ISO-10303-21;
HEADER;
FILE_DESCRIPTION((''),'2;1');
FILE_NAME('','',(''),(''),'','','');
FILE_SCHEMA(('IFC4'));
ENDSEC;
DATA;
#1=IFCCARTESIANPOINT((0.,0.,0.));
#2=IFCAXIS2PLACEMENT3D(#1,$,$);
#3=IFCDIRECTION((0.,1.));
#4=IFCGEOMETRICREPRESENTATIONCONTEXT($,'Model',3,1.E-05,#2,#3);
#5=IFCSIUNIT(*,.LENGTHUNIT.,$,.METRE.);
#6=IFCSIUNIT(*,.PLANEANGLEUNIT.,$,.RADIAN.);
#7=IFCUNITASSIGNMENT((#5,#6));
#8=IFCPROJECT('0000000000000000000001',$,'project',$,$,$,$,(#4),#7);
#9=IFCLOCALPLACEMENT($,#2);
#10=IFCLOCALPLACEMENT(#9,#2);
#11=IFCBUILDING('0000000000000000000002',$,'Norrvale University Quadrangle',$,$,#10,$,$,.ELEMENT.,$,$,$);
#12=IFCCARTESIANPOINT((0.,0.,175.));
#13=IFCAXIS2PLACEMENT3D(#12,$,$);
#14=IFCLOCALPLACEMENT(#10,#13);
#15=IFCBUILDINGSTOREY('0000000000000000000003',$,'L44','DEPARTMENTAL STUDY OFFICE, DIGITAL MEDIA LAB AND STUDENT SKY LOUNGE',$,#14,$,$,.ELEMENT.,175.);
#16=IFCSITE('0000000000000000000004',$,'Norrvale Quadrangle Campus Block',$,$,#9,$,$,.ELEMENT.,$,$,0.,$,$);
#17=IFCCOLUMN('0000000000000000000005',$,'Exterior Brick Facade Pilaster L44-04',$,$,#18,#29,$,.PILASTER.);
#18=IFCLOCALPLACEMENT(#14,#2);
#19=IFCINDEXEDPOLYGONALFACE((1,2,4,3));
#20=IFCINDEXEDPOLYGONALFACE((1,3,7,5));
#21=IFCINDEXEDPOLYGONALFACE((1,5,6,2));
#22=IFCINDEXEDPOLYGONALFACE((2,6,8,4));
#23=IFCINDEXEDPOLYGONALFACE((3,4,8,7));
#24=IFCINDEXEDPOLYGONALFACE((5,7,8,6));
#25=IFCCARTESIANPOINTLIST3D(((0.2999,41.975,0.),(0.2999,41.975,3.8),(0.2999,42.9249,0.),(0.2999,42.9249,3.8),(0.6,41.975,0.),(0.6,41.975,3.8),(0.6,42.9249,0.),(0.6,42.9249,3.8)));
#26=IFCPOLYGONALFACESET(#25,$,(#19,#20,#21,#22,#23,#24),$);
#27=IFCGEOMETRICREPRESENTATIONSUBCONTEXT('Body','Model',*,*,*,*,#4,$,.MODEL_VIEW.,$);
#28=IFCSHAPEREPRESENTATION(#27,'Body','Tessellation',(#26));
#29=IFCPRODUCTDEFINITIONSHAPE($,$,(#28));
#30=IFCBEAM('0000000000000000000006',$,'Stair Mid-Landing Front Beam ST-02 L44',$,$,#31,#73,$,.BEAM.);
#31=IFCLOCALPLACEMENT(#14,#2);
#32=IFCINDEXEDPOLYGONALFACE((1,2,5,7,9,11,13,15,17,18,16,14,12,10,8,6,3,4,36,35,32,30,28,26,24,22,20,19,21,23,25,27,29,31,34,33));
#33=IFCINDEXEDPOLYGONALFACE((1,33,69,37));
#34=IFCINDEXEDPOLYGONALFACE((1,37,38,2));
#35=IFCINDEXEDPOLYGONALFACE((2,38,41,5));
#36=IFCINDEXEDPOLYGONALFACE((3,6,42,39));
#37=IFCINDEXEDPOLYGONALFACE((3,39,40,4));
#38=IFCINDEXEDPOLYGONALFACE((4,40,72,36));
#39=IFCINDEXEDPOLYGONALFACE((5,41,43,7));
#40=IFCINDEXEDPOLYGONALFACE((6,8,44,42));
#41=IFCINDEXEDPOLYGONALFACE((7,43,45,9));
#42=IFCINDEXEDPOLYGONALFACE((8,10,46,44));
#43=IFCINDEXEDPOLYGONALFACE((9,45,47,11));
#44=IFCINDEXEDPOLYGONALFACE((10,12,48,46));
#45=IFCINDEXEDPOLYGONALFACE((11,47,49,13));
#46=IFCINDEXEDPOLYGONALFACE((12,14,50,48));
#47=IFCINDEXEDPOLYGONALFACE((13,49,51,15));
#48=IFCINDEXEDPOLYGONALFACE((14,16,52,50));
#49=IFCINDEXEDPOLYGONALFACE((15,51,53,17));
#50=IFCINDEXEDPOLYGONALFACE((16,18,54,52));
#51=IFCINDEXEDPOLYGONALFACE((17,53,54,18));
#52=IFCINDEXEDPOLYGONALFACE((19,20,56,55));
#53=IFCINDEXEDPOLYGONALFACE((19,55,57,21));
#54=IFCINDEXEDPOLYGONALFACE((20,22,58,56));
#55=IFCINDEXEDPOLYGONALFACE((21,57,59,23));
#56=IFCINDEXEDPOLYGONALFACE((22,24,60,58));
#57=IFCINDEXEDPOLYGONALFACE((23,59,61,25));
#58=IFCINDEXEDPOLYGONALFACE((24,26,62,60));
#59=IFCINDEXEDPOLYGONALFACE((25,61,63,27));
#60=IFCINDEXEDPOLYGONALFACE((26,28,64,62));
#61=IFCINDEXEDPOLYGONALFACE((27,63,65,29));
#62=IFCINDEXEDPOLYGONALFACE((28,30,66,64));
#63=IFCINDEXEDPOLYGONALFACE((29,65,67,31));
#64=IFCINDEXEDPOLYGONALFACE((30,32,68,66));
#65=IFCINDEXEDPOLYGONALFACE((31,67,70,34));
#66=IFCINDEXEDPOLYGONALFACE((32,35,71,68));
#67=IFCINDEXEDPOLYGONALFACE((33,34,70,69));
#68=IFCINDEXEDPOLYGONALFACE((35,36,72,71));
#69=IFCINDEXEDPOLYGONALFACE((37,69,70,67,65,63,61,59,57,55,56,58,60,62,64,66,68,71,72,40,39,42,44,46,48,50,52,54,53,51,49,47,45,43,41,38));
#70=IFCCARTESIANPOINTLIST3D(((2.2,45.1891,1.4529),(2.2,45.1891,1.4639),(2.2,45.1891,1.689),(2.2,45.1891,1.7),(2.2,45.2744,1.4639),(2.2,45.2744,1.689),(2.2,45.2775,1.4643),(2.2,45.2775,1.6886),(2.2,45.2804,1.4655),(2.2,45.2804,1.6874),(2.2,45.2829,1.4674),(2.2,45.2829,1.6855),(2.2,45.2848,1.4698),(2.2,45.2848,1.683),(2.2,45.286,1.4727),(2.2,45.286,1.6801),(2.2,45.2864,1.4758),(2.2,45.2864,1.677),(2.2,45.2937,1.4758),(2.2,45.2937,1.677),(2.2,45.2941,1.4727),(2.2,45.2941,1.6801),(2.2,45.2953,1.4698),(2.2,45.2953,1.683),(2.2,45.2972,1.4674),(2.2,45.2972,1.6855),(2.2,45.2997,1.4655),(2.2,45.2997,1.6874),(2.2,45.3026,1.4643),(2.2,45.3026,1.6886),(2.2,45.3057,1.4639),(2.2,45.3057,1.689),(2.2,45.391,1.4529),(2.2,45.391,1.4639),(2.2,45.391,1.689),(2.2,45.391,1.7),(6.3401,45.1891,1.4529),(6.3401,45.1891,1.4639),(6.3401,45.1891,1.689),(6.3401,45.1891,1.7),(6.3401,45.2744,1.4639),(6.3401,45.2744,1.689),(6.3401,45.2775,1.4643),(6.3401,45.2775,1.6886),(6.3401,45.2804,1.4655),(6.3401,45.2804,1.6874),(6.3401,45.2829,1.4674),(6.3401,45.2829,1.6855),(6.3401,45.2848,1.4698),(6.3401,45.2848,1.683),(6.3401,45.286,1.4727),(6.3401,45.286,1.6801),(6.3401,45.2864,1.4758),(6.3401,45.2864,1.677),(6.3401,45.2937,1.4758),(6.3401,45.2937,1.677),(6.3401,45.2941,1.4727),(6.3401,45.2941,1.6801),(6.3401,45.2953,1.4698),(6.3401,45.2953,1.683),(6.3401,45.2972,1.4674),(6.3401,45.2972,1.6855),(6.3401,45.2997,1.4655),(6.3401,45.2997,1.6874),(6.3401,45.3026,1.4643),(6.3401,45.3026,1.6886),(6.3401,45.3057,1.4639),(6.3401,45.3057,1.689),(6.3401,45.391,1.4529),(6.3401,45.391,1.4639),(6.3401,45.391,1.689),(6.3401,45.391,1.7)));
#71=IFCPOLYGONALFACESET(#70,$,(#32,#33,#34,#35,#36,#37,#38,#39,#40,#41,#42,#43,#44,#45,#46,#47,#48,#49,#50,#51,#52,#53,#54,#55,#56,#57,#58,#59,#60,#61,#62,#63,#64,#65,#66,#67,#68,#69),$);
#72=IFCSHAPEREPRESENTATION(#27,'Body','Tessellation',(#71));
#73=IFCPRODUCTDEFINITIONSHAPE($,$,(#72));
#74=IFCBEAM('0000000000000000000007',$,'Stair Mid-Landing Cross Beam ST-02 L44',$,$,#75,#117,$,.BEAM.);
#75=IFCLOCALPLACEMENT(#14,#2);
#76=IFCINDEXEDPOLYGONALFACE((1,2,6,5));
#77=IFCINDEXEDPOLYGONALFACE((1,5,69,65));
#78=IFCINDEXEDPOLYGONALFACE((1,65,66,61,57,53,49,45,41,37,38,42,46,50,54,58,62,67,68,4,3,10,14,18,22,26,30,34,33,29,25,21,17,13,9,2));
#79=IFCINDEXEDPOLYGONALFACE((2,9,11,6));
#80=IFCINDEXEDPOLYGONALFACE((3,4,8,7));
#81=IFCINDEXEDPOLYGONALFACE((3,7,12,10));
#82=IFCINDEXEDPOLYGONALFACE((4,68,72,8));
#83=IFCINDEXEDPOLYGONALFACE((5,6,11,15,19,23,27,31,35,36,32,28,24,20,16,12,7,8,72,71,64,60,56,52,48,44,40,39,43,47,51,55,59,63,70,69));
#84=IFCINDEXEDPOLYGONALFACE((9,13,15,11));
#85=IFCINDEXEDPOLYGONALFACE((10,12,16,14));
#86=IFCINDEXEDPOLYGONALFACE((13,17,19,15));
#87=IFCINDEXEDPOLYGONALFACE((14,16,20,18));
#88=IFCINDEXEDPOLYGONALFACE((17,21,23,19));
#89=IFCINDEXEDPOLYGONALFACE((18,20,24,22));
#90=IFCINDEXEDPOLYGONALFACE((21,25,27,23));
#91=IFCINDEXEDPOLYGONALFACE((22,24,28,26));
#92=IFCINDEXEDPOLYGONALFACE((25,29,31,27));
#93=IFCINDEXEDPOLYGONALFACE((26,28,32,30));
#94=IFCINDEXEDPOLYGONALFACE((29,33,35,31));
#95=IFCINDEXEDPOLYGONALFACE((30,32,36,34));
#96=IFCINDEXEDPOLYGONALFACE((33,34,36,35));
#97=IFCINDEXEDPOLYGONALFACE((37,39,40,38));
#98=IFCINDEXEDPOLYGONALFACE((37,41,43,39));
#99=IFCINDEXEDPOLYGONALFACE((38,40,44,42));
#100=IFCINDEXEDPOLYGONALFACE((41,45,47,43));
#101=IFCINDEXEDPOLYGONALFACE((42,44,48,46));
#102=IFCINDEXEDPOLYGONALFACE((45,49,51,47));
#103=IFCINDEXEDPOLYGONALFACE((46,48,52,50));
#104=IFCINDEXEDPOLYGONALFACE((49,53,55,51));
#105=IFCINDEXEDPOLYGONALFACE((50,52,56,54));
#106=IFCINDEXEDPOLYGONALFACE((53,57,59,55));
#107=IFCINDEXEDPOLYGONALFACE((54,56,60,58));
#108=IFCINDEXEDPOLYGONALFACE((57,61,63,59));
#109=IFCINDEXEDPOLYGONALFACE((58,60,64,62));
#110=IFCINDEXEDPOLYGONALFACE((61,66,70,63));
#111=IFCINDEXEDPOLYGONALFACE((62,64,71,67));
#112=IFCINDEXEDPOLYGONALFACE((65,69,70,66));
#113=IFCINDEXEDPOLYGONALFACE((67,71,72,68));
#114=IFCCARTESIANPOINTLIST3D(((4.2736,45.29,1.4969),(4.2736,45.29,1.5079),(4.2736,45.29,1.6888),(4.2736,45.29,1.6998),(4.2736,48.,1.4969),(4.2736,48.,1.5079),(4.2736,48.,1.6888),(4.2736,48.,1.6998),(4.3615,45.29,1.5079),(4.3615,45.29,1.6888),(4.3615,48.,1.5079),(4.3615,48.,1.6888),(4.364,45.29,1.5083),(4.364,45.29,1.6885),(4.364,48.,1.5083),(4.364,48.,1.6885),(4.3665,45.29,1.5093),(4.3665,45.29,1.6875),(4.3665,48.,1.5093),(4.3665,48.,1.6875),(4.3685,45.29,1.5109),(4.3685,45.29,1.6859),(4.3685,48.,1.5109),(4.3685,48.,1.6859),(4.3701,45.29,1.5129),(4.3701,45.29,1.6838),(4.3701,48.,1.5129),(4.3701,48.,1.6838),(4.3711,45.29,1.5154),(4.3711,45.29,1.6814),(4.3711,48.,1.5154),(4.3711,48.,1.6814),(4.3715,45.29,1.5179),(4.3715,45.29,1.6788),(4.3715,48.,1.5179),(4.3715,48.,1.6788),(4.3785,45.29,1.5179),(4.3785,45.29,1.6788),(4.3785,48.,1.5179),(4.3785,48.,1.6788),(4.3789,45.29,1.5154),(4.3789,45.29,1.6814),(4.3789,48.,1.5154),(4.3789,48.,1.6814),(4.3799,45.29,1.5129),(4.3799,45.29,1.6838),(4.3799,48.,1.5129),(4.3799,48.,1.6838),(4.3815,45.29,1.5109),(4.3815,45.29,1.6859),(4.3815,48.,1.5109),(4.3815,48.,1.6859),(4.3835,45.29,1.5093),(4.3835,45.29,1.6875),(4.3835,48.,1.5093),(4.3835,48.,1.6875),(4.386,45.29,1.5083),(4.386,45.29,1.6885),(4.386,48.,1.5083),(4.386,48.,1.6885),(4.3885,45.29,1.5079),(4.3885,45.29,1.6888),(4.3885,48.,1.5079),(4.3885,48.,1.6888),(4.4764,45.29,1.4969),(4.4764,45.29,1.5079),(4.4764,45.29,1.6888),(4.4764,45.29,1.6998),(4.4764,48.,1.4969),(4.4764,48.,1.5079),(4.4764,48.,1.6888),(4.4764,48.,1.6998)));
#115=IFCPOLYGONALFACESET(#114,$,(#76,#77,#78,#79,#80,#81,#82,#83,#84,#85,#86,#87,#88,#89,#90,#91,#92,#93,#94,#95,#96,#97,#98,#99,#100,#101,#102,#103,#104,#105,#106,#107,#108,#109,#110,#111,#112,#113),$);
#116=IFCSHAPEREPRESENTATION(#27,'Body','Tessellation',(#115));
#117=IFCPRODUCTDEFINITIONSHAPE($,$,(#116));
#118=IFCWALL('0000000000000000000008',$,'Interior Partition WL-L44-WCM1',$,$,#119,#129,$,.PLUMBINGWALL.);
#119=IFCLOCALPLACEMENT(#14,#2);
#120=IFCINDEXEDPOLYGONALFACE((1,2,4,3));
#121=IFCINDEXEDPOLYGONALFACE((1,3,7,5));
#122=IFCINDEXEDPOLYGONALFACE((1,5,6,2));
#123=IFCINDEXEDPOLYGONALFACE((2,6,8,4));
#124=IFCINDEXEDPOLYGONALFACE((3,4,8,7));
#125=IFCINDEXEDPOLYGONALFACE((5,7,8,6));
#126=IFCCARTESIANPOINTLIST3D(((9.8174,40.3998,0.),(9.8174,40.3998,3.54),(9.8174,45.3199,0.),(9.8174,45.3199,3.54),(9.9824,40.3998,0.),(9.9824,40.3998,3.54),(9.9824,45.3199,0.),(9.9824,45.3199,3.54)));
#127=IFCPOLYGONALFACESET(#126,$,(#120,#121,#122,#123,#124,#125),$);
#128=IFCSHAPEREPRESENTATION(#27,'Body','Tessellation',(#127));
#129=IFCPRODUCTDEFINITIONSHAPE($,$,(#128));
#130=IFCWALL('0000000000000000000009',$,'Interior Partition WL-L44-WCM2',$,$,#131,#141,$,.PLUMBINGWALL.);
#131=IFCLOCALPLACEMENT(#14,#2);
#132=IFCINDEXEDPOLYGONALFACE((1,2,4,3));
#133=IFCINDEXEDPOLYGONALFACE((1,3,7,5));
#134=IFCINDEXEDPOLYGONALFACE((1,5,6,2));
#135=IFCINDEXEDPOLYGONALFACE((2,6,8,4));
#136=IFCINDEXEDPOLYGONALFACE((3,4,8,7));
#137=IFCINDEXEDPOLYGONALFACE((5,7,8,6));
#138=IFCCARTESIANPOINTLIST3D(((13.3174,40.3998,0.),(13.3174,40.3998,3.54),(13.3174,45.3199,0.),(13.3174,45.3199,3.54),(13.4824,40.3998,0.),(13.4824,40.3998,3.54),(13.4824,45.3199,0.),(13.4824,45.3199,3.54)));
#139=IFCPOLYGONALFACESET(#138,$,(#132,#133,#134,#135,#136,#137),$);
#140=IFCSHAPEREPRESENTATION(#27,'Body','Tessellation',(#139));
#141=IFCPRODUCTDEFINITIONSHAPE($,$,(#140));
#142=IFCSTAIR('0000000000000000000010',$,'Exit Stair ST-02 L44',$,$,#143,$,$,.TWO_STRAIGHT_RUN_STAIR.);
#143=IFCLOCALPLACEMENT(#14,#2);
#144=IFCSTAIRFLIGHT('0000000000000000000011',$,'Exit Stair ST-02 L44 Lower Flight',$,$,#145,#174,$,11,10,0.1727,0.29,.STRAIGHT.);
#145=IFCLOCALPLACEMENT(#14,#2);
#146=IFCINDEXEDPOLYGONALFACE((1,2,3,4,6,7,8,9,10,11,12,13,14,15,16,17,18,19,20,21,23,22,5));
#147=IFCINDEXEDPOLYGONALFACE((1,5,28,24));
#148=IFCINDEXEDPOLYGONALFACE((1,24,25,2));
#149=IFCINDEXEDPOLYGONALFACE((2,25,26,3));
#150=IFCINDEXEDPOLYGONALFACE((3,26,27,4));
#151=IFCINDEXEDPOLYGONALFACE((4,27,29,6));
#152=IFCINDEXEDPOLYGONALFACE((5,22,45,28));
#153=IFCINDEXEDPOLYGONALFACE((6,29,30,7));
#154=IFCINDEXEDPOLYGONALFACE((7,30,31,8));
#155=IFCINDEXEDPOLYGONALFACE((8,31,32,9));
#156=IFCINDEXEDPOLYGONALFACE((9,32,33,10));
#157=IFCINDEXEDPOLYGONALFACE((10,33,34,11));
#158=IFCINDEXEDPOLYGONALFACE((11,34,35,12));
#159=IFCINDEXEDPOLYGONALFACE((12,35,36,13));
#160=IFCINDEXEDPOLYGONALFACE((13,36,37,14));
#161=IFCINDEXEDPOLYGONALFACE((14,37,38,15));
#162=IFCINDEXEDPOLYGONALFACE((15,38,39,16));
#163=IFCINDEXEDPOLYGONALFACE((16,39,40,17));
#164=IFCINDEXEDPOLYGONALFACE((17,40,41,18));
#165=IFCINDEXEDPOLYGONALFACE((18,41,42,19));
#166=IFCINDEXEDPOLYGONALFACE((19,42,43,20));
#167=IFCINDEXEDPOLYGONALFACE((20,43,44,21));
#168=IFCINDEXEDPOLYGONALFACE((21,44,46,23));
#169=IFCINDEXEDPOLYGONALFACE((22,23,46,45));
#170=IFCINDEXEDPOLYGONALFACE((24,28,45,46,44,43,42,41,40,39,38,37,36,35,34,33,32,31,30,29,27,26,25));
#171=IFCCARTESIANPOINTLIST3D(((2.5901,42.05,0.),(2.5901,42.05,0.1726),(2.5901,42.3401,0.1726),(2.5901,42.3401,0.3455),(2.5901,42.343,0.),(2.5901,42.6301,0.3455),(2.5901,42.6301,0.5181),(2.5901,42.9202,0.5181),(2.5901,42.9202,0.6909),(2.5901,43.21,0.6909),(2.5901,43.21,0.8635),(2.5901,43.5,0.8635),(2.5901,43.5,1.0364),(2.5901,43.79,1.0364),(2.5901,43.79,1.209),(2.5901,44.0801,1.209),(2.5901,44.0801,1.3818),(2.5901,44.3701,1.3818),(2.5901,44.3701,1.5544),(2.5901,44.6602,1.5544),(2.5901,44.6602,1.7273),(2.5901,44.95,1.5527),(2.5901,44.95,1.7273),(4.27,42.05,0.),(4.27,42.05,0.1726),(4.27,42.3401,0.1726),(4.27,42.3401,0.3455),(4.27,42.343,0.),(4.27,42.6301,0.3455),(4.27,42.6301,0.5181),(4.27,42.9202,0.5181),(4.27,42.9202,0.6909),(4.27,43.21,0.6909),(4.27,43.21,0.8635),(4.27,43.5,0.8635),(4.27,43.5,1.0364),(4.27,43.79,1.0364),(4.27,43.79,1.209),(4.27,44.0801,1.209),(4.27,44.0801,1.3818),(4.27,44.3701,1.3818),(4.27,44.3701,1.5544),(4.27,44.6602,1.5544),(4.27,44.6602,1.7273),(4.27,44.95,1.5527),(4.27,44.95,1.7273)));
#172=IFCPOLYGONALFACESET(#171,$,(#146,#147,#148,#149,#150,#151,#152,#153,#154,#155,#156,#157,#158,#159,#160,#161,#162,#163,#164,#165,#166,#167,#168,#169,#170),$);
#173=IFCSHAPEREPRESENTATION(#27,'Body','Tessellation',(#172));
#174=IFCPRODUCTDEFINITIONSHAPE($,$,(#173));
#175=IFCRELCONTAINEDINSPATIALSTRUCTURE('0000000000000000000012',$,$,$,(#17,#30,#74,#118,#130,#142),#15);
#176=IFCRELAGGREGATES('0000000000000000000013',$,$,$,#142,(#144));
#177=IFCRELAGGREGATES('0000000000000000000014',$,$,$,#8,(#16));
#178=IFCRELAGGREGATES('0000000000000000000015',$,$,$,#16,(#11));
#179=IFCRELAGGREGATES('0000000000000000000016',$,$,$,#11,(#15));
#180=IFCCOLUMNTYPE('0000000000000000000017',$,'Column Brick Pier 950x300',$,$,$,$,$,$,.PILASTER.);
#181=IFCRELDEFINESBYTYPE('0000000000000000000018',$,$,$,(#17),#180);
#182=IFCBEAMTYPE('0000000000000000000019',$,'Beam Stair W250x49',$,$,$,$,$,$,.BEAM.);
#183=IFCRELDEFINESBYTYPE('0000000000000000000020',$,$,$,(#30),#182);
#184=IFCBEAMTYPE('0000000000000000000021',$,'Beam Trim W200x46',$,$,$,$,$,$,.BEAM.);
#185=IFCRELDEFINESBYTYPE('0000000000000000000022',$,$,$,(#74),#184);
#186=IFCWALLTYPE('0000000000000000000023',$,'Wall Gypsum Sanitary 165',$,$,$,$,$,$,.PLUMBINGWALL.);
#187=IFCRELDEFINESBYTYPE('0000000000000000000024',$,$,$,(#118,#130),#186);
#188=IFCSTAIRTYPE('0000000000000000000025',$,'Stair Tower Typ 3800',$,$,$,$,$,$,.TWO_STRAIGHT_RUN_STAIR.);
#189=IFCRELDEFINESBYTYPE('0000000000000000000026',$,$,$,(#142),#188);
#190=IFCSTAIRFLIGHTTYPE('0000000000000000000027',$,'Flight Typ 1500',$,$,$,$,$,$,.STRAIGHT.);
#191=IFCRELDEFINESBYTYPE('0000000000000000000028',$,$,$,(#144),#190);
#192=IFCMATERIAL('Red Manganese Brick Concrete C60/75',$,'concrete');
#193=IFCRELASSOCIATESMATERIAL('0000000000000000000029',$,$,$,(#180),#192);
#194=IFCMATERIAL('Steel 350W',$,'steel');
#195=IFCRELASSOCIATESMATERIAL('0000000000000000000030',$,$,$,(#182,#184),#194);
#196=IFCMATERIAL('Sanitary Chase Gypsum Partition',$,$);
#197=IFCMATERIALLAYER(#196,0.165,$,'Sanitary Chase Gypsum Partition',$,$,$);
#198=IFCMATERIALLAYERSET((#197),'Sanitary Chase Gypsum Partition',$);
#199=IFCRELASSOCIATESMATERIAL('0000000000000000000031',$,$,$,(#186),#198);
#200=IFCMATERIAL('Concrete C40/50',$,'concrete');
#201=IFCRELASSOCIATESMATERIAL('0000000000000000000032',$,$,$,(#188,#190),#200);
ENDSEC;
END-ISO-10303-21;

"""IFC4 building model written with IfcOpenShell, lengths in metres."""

from ifc_helpers import new_model, si_unit, direction, frame, frame_2d, origin, origin_2d, place, context, subcontext, project, spatial, polyline, rectangle, i_section, outline, extrude, material, layer, layer_set, material_profile, profile_set, type_object, element, aggregate, save


model = new_model("IFC4")

# Units and contexts
model_context = context("Model", 3, precision=1e-05, world=origin(), true_north=direction((0.0, 1.0)))
body_context = subcontext(model_context, "Body", "Model", "MODEL_VIEW")
ifc_project = project(units=[si_unit("LENGTHUNIT", "METRE"), si_unit("PLANEANGLEUNIT", "RADIAN")], contexts=[model_context])

# Site, building, storey
site_placement = place(None, origin())
site = spatial("IfcSite", under=ifc_project, at=site_placement, Name="Norrvale Quadrangle Campus Block", CompositionType="ELEMENT", RefElevation=0.0)
building_placement = place(site_placement, origin())
building = spatial("IfcBuilding", under=site, at=building_placement, Name="Norrvale University Quadrangle", CompositionType="ELEMENT")
storey_placement = place(building_placement, frame((0.0, 0.0, 175.0)))
storey = spatial("IfcBuildingStorey", under=building, at=storey_placement, Name="L44", Description="DEPARTMENTAL STUDY OFFICE, DIGITAL MEDIA LAB AND STUDENT SKY LOUNGE", CompositionType="ELEMENT", Elevation=175.0)

# Column
ifc_material_1 = material(Name="Red Manganese Brick Concrete C60/75", Category="concrete")
ifc_material_profile_1 = material_profile(ifc_material_1, rectangle(XDim=0.95, YDim=0.3, at=origin_2d()), Name="Red Manganese Brick Concrete C60/75")
ifc_profile_set_1 = profile_set([ifc_material_profile_1], Name="Red Manganese Brick Concrete C60/75")
column_type = type_object("IfcColumnType", Name="Column Brick Pier 950x300", PredefinedType="PILASTER", material=ifc_profile_set_1)
column_placement = place(storey_placement, frame((0.45, 42.45, 0.0), z_axis=(0.0, 0.0, 1.0), x_axis=(0.0, 1.0, 0.0)))
element("IfcColumn", 1, at=column_placement, inside=storey, type_object=column_type, Name="Exterior Brick Facade Pilaster L44-04", PredefinedType="PILASTER", context=body_context, shape_type="SweptSolid", body=[
    extrude(rectangle(XDim=0.95, YDim=0.3, at=origin_2d()), origin(), (0.0, 0.0, 1.0), 3.8),
])

# Beams
ifc_material_2 = material(Name="Steel 350W", Category="steel")
ifc_material_profile_2 = material_profile(ifc_material_2, i_section(OverallWidth=0.2019, OverallDepth=0.2471, WebThickness=0.0073, FlangeThickness=0.011, FilletRadius=0.012, at=origin_2d()), Name="Steel 350W")
ifc_profile_set_2 = profile_set([ifc_material_profile_2], Name="Steel 350W")
beam_type_1 = type_object("IfcBeamType", Name="Beam Stair W250x49", PredefinedType="BEAM", material=ifc_profile_set_2)
beam_1_placement = place(storey_placement, frame((2.2, 45.29, 1.5764), z_axis=(1.0, 0.0, 0.0), x_axis=(0.0, 1.0, 0.0)))
element("IfcBeam", 2, at=beam_1_placement, inside=storey, type_object=beam_type_1, Name="Stair Mid-Landing Front Beam ST-02 L44", PredefinedType="BEAM", context=body_context, shape_type="SweptSolid", body=[
    extrude(i_section(OverallWidth=0.2019, OverallDepth=0.2471, WebThickness=0.0073, FlangeThickness=0.011, FilletRadius=0.012, at=origin_2d()), origin(), (0.0, 0.0, 1.0), 4.1401),
])
ifc_material_profile_3 = material_profile(ifc_material_2, i_section(OverallWidth=0.2029, OverallDepth=0.2029, WebThickness=0.0071, FlangeThickness=0.011, FilletRadius=0.01, at=origin_2d()), Name="Steel 350W")
ifc_profile_set_3 = profile_set([ifc_material_profile_3], Name="Steel 350W")
beam_type_2 = type_object("IfcBeamType", Name="Beam Trim W200x46", PredefinedType="BEAM", material=ifc_profile_set_3)
beam_2_placement = place(storey_placement, frame((4.375, 45.29, 1.5984), z_axis=(0.0, 1.0, 0.0), x_axis=(-1.0, 0.0, 0.0)))
element("IfcBeam", 3, at=beam_2_placement, inside=storey, type_object=beam_type_2, Name="Stair Mid-Landing Cross Beam ST-02 L44", PredefinedType="BEAM", context=body_context, shape_type="SweptSolid", body=[
    extrude(i_section(OverallWidth=0.2029, OverallDepth=0.2029, WebThickness=0.0071, FlangeThickness=0.011, FilletRadius=0.01, at=origin_2d()), origin(), (0.0, 0.0, 1.0), 2.71),
])

# Shared definitions
ifc_material_3 = material(Name="Sanitary Chase Gypsum Partition")
ifc_layer = layer(ifc_material_3, 0.165, Name="Sanitary Chase Gypsum Partition")
ifc_layer_set = layer_set([ifc_layer], Name="Sanitary Chase Gypsum Partition")
wall_type = type_object("IfcWallType", Name="Wall Gypsum Sanitary 165", PredefinedType="PLUMBINGWALL", material=ifc_layer_set)

# Walls
for number, where, z_axis, x_axis, name in (
    (4, (9.8999, 40.3999, 0.0), (0.0, 0.0, 1.0), (0.0, 1.0, 0.0), "Interior Partition WL-L44-WCM1"),
    (5, (13.3999, 40.3999, 0.0), (0.0, 0.0, 1.0), (0.0, 1.0, 0.0), "Interior Partition WL-L44-WCM2"),
):
    element("IfcWall", number, at=place(storey_placement, frame(where, z_axis=z_axis, x_axis=x_axis)), inside=storey, type_object=wall_type, Name=name, PredefinedType="PLUMBINGWALL", context=body_context, shape_type="SweptSolid", body=[
        extrude(rectangle(XDim=4.9202, YDim=0.165, at=frame_2d((2.46, 0.0))), origin(), (0.0, 0.0, 1.0), 3.54),
    ])

# Stair, stair flight
ifc_material_4 = material(Name="Concrete C40/50", Category="concrete")
stair_type = type_object("IfcStairType", Name="Stair Tower Typ 3800", PredefinedType="TWO_STRAIGHT_RUN_STAIR", material=ifc_material_4)
stair_placement = place(storey_placement, origin())
stair = element("IfcStair", 6, at=stair_placement, inside=storey, type_object=stair_type, Name="Exit Stair ST-02 L44", PredefinedType="TWO_STRAIGHT_RUN_STAIR")
stair_flight_type = type_object("IfcStairFlightType", Name="Flight Typ 1500", PredefinedType="STRAIGHT", material=ifc_material_4)
stair_flight_1_placement = place(storey_placement, frame((3.4299, 42.05, 0.0), z_axis=(0.0, 0.0, 1.0), x_axis=(0.0, 1.0, 0.0)))
stair_flight_1 = element("IfcStairFlight", 7, at=stair_flight_1_placement, type_object=stair_flight_type, Name="Exit Stair ST-02 L44 Lower Flight", NumberOfRisers=11, NumberOfTreads=10, PredefinedType="STRAIGHT", RiserHeight=0.1727, TreadLength=0.29, context=body_context, shape_type="SweptSolid", body=[
    extrude(outline(polyline([(0.0, 0.0), (0.0, 0.1726), (0.29, 0.1726), (0.29, 0.3455), (0.5801, 0.3455), (0.5801, 0.5181), (0.8701, 0.5181), (0.8701, 0.6909), (1.1599, 0.6909), (1.1599, 0.8635), (1.45, 0.8635), (1.45, 1.0364), (1.74, 1.0364), (1.74, 1.209), (2.03, 1.209), (2.03, 1.3818), (2.3201, 1.3818), (2.3201, 1.5544), (2.6101, 1.5544), (2.6101, 1.7273), (2.8999, 1.7273), (2.8999, 1.8999), (2.8999, 1.5527), (0.293, 0.0), (0.0, 0.0)])), frame((0.0, 0.8398, 0.0), z_axis=(0.0, -1.0, 0.0), x_axis=(1.0, 0.0, 0.0)), (0.0, 0.0, 1.0), 1.6799),
])
aggregate(stair, [stair_flight_1])

save(model, "model.ifc")
